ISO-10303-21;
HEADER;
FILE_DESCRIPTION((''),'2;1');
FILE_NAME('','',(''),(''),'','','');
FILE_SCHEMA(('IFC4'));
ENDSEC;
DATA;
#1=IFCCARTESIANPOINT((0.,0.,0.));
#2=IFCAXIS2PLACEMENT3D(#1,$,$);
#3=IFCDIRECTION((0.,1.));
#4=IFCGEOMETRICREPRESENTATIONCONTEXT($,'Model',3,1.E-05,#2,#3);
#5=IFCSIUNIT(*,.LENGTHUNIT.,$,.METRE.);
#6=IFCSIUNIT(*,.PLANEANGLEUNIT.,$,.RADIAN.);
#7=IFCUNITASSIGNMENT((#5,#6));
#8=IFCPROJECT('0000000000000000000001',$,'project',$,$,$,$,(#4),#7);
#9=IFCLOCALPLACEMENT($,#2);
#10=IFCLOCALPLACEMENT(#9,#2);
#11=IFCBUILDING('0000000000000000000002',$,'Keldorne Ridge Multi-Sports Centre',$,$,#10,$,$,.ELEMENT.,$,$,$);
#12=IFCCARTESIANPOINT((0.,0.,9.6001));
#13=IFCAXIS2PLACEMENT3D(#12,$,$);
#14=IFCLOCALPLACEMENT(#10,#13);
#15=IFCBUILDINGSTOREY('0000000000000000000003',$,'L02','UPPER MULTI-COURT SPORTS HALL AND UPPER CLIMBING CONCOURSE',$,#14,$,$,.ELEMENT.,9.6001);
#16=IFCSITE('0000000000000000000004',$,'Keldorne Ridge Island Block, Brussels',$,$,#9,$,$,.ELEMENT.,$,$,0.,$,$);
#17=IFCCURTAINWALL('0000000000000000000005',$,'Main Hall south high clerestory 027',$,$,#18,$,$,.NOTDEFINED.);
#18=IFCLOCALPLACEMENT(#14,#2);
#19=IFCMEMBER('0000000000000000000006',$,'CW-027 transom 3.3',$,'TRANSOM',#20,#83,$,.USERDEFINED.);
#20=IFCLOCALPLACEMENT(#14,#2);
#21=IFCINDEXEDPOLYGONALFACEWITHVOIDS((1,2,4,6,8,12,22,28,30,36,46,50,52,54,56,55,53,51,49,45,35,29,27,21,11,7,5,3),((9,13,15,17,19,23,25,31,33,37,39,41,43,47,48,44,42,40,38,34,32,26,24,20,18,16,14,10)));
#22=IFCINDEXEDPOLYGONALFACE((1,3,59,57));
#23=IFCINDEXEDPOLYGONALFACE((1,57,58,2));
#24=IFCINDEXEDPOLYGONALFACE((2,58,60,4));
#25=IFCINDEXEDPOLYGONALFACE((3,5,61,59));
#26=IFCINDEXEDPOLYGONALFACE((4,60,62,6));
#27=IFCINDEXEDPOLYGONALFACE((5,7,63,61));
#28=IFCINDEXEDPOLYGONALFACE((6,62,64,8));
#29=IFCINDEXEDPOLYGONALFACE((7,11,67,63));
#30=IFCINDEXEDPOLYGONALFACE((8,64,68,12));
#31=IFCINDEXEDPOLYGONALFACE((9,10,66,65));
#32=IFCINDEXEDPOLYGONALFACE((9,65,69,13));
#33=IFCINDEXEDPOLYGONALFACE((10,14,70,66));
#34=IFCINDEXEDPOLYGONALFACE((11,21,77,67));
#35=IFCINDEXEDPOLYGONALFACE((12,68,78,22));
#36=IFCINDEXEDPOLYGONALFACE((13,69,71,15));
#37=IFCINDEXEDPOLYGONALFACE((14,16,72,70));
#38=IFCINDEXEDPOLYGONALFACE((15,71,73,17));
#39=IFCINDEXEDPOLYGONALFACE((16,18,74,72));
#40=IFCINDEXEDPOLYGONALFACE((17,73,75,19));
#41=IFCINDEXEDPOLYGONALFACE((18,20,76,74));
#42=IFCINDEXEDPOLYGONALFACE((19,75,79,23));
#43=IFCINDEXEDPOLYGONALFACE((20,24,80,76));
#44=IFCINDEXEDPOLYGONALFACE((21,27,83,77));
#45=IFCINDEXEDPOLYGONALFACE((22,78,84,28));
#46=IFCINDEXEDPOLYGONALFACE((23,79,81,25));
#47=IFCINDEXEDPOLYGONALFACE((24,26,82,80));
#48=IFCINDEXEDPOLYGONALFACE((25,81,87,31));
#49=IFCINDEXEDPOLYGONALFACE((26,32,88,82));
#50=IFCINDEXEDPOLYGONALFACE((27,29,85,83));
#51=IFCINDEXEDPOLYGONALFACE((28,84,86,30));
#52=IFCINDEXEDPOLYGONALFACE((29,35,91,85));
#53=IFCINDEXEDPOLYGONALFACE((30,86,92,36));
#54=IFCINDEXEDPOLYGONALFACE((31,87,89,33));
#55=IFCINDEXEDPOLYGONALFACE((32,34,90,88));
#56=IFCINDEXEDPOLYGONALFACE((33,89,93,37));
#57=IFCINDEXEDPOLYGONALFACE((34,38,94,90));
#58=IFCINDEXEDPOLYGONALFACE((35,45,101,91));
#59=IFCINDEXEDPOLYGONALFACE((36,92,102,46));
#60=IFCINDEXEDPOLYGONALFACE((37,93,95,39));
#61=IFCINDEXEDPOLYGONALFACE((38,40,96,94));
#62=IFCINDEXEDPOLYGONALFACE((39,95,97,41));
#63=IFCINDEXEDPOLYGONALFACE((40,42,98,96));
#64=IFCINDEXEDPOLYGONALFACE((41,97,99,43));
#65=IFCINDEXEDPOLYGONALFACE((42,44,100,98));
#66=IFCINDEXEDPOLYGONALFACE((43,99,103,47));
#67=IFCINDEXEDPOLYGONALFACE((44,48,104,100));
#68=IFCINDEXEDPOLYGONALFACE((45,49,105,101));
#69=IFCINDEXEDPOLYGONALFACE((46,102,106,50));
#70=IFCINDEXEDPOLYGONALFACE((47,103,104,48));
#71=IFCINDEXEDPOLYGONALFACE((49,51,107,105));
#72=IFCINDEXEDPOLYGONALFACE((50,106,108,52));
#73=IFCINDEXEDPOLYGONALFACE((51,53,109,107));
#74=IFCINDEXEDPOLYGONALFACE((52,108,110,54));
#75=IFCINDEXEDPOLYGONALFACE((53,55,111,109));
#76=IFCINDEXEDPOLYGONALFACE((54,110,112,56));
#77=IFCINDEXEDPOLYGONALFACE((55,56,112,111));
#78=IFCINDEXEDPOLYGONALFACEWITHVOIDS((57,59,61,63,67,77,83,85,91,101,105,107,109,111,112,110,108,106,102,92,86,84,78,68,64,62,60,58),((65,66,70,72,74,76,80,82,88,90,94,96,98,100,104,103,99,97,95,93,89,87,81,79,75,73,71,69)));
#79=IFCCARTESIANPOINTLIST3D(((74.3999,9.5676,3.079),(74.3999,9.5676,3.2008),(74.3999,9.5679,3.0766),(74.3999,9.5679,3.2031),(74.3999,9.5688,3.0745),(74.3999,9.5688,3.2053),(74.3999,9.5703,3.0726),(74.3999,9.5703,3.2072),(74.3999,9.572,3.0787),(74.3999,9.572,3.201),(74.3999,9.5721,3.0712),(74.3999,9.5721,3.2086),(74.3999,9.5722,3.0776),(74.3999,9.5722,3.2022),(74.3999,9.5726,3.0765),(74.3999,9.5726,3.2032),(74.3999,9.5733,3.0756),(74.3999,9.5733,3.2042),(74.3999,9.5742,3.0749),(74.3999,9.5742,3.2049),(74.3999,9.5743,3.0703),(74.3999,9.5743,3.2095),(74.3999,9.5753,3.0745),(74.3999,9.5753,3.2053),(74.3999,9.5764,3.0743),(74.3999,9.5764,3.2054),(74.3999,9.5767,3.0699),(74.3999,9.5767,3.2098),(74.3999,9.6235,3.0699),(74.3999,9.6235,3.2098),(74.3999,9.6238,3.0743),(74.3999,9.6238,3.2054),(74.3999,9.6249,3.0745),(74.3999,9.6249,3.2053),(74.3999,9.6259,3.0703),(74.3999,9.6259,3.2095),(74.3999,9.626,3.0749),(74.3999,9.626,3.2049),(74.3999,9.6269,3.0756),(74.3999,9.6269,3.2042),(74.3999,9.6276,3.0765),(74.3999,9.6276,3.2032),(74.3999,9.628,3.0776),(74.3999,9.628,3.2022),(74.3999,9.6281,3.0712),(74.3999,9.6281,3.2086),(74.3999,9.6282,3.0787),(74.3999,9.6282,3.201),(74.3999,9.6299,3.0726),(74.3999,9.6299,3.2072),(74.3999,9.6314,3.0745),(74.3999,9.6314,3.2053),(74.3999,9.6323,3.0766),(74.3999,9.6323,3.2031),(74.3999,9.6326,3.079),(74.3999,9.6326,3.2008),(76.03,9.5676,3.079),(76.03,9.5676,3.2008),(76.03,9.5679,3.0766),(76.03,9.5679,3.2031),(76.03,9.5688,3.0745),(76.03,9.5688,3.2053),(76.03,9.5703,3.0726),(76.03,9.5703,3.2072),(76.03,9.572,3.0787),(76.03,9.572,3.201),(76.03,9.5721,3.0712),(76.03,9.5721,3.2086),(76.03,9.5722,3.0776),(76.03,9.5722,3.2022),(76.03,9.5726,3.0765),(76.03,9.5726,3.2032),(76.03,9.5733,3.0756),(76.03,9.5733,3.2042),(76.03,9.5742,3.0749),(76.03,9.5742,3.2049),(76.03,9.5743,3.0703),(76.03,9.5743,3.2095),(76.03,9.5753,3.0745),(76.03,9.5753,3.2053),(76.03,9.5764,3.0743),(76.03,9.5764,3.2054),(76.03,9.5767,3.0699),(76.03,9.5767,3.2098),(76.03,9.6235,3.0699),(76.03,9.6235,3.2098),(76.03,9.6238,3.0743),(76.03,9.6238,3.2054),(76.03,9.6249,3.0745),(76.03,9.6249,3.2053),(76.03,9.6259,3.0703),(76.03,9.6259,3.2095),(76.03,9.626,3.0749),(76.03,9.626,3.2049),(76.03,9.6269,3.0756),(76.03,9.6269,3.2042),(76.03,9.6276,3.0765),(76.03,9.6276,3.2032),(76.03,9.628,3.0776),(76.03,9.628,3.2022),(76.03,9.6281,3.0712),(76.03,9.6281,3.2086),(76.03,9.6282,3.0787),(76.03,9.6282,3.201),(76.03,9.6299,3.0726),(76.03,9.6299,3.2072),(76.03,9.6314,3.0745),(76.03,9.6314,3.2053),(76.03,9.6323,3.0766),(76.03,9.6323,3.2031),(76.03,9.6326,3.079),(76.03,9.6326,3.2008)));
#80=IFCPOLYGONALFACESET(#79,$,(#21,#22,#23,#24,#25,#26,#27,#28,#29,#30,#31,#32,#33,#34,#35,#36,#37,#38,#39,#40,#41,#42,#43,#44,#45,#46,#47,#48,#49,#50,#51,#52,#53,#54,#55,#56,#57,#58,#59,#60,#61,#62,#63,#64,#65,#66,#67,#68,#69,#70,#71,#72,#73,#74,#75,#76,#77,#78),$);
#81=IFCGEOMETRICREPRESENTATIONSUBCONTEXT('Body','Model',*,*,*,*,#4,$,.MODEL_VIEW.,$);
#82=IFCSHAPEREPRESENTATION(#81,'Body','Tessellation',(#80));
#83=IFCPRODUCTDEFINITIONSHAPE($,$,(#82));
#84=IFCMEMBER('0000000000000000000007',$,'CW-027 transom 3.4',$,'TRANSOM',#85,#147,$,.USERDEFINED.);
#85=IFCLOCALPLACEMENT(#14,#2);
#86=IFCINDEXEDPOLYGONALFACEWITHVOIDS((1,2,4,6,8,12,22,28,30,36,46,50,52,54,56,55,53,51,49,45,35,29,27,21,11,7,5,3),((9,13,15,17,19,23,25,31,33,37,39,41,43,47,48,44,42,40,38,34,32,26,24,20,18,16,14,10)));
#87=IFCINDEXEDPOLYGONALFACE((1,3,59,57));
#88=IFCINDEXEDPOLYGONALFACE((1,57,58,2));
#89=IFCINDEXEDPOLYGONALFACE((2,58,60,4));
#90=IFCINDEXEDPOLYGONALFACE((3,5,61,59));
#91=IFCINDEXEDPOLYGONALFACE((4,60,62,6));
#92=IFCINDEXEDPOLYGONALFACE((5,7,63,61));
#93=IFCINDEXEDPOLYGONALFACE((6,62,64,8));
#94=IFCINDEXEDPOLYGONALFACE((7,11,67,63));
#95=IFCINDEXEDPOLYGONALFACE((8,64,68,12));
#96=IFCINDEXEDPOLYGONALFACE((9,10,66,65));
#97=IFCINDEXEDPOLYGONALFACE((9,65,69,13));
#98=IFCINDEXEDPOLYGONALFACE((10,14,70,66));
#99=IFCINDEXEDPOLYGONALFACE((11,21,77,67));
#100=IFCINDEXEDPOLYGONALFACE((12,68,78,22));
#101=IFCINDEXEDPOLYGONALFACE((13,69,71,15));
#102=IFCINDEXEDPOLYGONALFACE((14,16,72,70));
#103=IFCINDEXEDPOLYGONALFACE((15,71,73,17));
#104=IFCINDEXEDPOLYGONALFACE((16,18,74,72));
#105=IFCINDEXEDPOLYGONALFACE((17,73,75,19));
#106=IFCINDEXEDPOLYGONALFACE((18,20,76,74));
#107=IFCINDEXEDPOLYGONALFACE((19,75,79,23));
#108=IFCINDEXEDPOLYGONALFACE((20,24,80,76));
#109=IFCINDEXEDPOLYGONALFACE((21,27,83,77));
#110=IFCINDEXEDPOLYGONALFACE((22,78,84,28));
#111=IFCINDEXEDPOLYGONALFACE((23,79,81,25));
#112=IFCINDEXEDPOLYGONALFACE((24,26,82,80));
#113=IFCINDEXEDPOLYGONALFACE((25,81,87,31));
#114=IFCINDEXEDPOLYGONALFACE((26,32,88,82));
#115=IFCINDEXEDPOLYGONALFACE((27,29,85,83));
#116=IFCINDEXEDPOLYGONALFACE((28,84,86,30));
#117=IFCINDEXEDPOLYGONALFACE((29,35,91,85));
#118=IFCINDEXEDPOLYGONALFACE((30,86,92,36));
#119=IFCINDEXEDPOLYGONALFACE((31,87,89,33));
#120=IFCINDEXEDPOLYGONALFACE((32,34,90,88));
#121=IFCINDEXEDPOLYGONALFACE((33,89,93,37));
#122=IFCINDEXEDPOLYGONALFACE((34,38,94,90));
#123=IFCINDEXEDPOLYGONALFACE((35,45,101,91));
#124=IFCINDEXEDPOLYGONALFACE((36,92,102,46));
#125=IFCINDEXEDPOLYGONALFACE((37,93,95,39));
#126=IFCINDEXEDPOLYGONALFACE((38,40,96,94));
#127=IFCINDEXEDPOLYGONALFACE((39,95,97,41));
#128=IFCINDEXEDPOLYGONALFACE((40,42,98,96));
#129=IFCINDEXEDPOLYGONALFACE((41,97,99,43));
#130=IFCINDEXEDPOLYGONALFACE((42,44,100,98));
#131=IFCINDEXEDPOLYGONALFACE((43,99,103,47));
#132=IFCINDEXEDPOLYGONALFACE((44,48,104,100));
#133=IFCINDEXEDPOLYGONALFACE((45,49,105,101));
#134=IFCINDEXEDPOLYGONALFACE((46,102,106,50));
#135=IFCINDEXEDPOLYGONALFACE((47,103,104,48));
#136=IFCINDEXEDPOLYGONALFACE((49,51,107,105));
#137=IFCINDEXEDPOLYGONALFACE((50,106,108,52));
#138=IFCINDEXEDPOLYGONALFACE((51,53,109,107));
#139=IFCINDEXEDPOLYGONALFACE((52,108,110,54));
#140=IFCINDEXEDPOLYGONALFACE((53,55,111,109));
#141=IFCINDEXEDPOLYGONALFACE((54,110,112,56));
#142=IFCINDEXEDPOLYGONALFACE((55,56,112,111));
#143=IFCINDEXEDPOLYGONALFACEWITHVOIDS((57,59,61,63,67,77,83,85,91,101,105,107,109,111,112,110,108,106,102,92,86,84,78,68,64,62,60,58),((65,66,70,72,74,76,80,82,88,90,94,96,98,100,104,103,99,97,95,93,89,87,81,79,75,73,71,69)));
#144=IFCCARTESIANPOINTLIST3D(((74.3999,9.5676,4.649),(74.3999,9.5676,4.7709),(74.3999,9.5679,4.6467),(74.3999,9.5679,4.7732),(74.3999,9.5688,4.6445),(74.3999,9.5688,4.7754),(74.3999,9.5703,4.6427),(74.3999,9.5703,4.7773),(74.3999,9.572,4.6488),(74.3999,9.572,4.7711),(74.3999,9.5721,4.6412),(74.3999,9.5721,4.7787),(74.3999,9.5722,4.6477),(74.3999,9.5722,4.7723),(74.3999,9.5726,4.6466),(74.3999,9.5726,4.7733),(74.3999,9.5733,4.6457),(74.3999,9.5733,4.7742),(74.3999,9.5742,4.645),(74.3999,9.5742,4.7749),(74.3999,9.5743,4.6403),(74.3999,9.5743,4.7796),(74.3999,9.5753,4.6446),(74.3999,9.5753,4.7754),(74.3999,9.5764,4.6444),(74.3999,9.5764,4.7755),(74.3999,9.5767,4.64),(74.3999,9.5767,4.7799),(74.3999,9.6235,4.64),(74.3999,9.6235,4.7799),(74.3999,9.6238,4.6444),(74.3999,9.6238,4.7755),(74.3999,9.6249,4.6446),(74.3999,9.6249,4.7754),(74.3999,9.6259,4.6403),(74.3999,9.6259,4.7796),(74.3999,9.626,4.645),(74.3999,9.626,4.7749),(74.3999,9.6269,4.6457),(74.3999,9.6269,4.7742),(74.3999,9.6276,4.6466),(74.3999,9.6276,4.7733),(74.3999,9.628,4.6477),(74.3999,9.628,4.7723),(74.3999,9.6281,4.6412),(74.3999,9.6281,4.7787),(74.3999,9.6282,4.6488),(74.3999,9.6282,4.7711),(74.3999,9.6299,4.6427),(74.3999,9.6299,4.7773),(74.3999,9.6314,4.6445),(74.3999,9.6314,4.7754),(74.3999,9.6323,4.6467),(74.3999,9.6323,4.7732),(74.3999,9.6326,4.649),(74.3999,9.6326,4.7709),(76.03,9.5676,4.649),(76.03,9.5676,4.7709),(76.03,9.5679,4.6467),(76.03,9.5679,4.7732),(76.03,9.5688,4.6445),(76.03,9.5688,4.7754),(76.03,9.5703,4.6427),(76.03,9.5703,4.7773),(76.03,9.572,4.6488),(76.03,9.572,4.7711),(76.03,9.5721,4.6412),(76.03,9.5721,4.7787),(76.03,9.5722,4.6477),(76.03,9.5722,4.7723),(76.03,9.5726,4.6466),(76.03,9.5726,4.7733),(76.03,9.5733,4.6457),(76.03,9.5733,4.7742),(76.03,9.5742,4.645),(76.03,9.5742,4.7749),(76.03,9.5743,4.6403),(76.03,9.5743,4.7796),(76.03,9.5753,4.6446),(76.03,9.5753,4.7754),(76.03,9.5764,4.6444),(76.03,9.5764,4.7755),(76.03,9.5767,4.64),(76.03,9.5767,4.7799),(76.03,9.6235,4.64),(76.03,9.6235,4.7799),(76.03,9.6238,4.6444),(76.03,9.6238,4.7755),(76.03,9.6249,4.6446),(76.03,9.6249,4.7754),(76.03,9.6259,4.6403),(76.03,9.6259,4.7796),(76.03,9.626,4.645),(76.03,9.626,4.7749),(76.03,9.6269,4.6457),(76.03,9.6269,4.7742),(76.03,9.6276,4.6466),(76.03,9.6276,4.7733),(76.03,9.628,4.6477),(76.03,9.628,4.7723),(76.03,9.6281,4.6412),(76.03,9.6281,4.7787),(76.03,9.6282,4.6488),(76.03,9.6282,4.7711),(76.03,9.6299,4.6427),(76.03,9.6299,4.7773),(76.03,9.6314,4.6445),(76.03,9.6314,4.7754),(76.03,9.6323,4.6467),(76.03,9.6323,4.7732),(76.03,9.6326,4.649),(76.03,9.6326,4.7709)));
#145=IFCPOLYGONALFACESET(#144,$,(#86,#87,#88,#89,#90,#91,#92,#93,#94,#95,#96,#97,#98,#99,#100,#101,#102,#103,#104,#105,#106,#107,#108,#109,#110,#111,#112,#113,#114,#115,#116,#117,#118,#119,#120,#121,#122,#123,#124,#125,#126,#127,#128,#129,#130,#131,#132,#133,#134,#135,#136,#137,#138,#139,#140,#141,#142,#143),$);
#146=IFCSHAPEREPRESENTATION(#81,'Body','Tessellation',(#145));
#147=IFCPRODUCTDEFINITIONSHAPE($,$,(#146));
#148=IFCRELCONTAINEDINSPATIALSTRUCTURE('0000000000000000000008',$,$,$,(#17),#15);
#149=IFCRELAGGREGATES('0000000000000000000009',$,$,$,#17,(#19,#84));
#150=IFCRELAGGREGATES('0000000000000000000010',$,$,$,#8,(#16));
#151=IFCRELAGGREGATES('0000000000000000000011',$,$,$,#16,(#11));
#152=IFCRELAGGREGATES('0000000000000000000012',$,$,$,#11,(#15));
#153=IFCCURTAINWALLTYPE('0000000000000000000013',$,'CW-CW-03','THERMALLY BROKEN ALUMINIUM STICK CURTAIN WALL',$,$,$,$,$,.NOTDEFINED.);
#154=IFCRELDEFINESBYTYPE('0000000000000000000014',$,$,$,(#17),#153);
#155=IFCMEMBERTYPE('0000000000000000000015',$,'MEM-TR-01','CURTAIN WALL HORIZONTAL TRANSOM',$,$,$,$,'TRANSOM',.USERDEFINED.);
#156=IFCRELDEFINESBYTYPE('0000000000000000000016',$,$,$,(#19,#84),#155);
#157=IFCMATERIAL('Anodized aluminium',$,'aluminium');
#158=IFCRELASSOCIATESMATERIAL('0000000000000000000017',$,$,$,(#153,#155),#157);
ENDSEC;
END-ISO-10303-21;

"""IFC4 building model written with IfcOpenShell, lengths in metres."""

from ifc_helpers import new_model, si_unit, direction, frame, origin, origin_2d, place, context, subcontext, project, spatial, hollow_rectangle, extrude, material, material_profile, profile_set, type_object, element, aggregate, save


model = new_model("IFC4")

# Units and contexts
model_context = context("Model", 3, precision=1e-05, world=origin(), true_north=direction((0.0, 1.0)))
body_context = subcontext(model_context, "Body", "Model", "MODEL_VIEW")
ifc_project = project(units=[si_unit("LENGTHUNIT", "METRE"), si_unit("PLANEANGLEUNIT", "RADIAN")], contexts=[model_context])

# Site, building, storey
site_placement = place(None, origin())
site = spatial("IfcSite", under=ifc_project, at=site_placement, Name="Keldorne Ridge Island Block, Brussels", CompositionType="ELEMENT", RefElevation=0.0)
building_placement = place(site_placement, origin())
building = spatial("IfcBuilding", under=site, at=building_placement, Name="Keldorne Ridge Multi-Sports Centre", CompositionType="ELEMENT")
storey_placement = place(building_placement, frame((0.0, 0.0, 9.6001)))
storey = spatial("IfcBuildingStorey", under=building, at=storey_placement, Name="L02", Description="UPPER MULTI-COURT SPORTS HALL AND UPPER CLIMBING CONCOURSE", CompositionType="ELEMENT", Elevation=9.6001)

# Curtain wall
ifc_material_1 = material(Name="Anodized aluminium", Category="aluminium")
curtain_wall_type = type_object("IfcCurtainWallType", Name="CW-CW-03", Description="THERMALLY BROKEN ALUMINIUM STICK CURTAIN WALL", PredefinedType="NOTDEFINED", material=ifc_material_1)
curtain_wall_placement = place(storey_placement, origin())
curtain_wall = element("IfcCurtainWall", 1, at=curtain_wall_placement, inside=storey, type_object=curtain_wall_type, Name="Main Hall south high clerestory 027", PredefinedType="NOTDEFINED")

# Members
ifc_material_profile_1 = material_profile(ifc_material_1, hollow_rectangle(XDim=0.0649, YDim=0.1399, WallThickness=0.0044, InnerFilletRadius=0.0044, OuterFilletRadius=0.009, at=origin_2d()), Name="ALU TRANSOM 140x65x4.5")
ifc_profile_set_1 = profile_set([ifc_material_profile_1], Name="Anodized aluminium")
member_type_1 = type_object("IfcMemberType", Name="MEM-TR-01", Description="CURTAIN WALL HORIZONTAL TRANSOM", ElementType="TRANSOM", PredefinedType="USERDEFINED", material=ifc_profile_set_1)
member_1_placement = place(storey_placement, frame((74.3999, 9.6001, 3.1399), z_axis=(1.0, 0.0, 0.0), x_axis=(0.0, 1.0, 0.0)))
member_1 = element("IfcMember", 2, at=member_1_placement, type_object=member_type_1, Name="CW-027 transom 3.3", ObjectType="TRANSOM", PredefinedType="USERDEFINED", context=body_context, shape_type="SweptSolid", body=[
    extrude(hollow_rectangle(XDim=0.0649, YDim=0.1399, WallThickness=0.0044, InnerFilletRadius=0.0044, OuterFilletRadius=0.009, at=origin_2d()), origin(), (0.0, 0.0, 1.0), 1.6301),
])
member_2_placement = place(storey_placement, frame((74.3999, 9.6001, 4.71), z_axis=(1.0, 0.0, 0.0), x_axis=(0.0, 1.0, 0.0)))
member_2 = element("IfcMember", 3, at=member_2_placement, type_object=member_type_1, Name="CW-027 transom 3.4", ObjectType="TRANSOM", PredefinedType="USERDEFINED", context=body_context, shape_type="SweptSolid", body=[
    extrude(hollow_rectangle(XDim=0.0649, YDim=0.1399, WallThickness=0.0044, InnerFilletRadius=0.0044, OuterFilletRadius=0.009, at=origin_2d()), origin(), (0.0, 0.0, 1.0), 1.6301),
])

aggregate(curtain_wall, [member_1, member_2])

save(model, "model.ifc")
